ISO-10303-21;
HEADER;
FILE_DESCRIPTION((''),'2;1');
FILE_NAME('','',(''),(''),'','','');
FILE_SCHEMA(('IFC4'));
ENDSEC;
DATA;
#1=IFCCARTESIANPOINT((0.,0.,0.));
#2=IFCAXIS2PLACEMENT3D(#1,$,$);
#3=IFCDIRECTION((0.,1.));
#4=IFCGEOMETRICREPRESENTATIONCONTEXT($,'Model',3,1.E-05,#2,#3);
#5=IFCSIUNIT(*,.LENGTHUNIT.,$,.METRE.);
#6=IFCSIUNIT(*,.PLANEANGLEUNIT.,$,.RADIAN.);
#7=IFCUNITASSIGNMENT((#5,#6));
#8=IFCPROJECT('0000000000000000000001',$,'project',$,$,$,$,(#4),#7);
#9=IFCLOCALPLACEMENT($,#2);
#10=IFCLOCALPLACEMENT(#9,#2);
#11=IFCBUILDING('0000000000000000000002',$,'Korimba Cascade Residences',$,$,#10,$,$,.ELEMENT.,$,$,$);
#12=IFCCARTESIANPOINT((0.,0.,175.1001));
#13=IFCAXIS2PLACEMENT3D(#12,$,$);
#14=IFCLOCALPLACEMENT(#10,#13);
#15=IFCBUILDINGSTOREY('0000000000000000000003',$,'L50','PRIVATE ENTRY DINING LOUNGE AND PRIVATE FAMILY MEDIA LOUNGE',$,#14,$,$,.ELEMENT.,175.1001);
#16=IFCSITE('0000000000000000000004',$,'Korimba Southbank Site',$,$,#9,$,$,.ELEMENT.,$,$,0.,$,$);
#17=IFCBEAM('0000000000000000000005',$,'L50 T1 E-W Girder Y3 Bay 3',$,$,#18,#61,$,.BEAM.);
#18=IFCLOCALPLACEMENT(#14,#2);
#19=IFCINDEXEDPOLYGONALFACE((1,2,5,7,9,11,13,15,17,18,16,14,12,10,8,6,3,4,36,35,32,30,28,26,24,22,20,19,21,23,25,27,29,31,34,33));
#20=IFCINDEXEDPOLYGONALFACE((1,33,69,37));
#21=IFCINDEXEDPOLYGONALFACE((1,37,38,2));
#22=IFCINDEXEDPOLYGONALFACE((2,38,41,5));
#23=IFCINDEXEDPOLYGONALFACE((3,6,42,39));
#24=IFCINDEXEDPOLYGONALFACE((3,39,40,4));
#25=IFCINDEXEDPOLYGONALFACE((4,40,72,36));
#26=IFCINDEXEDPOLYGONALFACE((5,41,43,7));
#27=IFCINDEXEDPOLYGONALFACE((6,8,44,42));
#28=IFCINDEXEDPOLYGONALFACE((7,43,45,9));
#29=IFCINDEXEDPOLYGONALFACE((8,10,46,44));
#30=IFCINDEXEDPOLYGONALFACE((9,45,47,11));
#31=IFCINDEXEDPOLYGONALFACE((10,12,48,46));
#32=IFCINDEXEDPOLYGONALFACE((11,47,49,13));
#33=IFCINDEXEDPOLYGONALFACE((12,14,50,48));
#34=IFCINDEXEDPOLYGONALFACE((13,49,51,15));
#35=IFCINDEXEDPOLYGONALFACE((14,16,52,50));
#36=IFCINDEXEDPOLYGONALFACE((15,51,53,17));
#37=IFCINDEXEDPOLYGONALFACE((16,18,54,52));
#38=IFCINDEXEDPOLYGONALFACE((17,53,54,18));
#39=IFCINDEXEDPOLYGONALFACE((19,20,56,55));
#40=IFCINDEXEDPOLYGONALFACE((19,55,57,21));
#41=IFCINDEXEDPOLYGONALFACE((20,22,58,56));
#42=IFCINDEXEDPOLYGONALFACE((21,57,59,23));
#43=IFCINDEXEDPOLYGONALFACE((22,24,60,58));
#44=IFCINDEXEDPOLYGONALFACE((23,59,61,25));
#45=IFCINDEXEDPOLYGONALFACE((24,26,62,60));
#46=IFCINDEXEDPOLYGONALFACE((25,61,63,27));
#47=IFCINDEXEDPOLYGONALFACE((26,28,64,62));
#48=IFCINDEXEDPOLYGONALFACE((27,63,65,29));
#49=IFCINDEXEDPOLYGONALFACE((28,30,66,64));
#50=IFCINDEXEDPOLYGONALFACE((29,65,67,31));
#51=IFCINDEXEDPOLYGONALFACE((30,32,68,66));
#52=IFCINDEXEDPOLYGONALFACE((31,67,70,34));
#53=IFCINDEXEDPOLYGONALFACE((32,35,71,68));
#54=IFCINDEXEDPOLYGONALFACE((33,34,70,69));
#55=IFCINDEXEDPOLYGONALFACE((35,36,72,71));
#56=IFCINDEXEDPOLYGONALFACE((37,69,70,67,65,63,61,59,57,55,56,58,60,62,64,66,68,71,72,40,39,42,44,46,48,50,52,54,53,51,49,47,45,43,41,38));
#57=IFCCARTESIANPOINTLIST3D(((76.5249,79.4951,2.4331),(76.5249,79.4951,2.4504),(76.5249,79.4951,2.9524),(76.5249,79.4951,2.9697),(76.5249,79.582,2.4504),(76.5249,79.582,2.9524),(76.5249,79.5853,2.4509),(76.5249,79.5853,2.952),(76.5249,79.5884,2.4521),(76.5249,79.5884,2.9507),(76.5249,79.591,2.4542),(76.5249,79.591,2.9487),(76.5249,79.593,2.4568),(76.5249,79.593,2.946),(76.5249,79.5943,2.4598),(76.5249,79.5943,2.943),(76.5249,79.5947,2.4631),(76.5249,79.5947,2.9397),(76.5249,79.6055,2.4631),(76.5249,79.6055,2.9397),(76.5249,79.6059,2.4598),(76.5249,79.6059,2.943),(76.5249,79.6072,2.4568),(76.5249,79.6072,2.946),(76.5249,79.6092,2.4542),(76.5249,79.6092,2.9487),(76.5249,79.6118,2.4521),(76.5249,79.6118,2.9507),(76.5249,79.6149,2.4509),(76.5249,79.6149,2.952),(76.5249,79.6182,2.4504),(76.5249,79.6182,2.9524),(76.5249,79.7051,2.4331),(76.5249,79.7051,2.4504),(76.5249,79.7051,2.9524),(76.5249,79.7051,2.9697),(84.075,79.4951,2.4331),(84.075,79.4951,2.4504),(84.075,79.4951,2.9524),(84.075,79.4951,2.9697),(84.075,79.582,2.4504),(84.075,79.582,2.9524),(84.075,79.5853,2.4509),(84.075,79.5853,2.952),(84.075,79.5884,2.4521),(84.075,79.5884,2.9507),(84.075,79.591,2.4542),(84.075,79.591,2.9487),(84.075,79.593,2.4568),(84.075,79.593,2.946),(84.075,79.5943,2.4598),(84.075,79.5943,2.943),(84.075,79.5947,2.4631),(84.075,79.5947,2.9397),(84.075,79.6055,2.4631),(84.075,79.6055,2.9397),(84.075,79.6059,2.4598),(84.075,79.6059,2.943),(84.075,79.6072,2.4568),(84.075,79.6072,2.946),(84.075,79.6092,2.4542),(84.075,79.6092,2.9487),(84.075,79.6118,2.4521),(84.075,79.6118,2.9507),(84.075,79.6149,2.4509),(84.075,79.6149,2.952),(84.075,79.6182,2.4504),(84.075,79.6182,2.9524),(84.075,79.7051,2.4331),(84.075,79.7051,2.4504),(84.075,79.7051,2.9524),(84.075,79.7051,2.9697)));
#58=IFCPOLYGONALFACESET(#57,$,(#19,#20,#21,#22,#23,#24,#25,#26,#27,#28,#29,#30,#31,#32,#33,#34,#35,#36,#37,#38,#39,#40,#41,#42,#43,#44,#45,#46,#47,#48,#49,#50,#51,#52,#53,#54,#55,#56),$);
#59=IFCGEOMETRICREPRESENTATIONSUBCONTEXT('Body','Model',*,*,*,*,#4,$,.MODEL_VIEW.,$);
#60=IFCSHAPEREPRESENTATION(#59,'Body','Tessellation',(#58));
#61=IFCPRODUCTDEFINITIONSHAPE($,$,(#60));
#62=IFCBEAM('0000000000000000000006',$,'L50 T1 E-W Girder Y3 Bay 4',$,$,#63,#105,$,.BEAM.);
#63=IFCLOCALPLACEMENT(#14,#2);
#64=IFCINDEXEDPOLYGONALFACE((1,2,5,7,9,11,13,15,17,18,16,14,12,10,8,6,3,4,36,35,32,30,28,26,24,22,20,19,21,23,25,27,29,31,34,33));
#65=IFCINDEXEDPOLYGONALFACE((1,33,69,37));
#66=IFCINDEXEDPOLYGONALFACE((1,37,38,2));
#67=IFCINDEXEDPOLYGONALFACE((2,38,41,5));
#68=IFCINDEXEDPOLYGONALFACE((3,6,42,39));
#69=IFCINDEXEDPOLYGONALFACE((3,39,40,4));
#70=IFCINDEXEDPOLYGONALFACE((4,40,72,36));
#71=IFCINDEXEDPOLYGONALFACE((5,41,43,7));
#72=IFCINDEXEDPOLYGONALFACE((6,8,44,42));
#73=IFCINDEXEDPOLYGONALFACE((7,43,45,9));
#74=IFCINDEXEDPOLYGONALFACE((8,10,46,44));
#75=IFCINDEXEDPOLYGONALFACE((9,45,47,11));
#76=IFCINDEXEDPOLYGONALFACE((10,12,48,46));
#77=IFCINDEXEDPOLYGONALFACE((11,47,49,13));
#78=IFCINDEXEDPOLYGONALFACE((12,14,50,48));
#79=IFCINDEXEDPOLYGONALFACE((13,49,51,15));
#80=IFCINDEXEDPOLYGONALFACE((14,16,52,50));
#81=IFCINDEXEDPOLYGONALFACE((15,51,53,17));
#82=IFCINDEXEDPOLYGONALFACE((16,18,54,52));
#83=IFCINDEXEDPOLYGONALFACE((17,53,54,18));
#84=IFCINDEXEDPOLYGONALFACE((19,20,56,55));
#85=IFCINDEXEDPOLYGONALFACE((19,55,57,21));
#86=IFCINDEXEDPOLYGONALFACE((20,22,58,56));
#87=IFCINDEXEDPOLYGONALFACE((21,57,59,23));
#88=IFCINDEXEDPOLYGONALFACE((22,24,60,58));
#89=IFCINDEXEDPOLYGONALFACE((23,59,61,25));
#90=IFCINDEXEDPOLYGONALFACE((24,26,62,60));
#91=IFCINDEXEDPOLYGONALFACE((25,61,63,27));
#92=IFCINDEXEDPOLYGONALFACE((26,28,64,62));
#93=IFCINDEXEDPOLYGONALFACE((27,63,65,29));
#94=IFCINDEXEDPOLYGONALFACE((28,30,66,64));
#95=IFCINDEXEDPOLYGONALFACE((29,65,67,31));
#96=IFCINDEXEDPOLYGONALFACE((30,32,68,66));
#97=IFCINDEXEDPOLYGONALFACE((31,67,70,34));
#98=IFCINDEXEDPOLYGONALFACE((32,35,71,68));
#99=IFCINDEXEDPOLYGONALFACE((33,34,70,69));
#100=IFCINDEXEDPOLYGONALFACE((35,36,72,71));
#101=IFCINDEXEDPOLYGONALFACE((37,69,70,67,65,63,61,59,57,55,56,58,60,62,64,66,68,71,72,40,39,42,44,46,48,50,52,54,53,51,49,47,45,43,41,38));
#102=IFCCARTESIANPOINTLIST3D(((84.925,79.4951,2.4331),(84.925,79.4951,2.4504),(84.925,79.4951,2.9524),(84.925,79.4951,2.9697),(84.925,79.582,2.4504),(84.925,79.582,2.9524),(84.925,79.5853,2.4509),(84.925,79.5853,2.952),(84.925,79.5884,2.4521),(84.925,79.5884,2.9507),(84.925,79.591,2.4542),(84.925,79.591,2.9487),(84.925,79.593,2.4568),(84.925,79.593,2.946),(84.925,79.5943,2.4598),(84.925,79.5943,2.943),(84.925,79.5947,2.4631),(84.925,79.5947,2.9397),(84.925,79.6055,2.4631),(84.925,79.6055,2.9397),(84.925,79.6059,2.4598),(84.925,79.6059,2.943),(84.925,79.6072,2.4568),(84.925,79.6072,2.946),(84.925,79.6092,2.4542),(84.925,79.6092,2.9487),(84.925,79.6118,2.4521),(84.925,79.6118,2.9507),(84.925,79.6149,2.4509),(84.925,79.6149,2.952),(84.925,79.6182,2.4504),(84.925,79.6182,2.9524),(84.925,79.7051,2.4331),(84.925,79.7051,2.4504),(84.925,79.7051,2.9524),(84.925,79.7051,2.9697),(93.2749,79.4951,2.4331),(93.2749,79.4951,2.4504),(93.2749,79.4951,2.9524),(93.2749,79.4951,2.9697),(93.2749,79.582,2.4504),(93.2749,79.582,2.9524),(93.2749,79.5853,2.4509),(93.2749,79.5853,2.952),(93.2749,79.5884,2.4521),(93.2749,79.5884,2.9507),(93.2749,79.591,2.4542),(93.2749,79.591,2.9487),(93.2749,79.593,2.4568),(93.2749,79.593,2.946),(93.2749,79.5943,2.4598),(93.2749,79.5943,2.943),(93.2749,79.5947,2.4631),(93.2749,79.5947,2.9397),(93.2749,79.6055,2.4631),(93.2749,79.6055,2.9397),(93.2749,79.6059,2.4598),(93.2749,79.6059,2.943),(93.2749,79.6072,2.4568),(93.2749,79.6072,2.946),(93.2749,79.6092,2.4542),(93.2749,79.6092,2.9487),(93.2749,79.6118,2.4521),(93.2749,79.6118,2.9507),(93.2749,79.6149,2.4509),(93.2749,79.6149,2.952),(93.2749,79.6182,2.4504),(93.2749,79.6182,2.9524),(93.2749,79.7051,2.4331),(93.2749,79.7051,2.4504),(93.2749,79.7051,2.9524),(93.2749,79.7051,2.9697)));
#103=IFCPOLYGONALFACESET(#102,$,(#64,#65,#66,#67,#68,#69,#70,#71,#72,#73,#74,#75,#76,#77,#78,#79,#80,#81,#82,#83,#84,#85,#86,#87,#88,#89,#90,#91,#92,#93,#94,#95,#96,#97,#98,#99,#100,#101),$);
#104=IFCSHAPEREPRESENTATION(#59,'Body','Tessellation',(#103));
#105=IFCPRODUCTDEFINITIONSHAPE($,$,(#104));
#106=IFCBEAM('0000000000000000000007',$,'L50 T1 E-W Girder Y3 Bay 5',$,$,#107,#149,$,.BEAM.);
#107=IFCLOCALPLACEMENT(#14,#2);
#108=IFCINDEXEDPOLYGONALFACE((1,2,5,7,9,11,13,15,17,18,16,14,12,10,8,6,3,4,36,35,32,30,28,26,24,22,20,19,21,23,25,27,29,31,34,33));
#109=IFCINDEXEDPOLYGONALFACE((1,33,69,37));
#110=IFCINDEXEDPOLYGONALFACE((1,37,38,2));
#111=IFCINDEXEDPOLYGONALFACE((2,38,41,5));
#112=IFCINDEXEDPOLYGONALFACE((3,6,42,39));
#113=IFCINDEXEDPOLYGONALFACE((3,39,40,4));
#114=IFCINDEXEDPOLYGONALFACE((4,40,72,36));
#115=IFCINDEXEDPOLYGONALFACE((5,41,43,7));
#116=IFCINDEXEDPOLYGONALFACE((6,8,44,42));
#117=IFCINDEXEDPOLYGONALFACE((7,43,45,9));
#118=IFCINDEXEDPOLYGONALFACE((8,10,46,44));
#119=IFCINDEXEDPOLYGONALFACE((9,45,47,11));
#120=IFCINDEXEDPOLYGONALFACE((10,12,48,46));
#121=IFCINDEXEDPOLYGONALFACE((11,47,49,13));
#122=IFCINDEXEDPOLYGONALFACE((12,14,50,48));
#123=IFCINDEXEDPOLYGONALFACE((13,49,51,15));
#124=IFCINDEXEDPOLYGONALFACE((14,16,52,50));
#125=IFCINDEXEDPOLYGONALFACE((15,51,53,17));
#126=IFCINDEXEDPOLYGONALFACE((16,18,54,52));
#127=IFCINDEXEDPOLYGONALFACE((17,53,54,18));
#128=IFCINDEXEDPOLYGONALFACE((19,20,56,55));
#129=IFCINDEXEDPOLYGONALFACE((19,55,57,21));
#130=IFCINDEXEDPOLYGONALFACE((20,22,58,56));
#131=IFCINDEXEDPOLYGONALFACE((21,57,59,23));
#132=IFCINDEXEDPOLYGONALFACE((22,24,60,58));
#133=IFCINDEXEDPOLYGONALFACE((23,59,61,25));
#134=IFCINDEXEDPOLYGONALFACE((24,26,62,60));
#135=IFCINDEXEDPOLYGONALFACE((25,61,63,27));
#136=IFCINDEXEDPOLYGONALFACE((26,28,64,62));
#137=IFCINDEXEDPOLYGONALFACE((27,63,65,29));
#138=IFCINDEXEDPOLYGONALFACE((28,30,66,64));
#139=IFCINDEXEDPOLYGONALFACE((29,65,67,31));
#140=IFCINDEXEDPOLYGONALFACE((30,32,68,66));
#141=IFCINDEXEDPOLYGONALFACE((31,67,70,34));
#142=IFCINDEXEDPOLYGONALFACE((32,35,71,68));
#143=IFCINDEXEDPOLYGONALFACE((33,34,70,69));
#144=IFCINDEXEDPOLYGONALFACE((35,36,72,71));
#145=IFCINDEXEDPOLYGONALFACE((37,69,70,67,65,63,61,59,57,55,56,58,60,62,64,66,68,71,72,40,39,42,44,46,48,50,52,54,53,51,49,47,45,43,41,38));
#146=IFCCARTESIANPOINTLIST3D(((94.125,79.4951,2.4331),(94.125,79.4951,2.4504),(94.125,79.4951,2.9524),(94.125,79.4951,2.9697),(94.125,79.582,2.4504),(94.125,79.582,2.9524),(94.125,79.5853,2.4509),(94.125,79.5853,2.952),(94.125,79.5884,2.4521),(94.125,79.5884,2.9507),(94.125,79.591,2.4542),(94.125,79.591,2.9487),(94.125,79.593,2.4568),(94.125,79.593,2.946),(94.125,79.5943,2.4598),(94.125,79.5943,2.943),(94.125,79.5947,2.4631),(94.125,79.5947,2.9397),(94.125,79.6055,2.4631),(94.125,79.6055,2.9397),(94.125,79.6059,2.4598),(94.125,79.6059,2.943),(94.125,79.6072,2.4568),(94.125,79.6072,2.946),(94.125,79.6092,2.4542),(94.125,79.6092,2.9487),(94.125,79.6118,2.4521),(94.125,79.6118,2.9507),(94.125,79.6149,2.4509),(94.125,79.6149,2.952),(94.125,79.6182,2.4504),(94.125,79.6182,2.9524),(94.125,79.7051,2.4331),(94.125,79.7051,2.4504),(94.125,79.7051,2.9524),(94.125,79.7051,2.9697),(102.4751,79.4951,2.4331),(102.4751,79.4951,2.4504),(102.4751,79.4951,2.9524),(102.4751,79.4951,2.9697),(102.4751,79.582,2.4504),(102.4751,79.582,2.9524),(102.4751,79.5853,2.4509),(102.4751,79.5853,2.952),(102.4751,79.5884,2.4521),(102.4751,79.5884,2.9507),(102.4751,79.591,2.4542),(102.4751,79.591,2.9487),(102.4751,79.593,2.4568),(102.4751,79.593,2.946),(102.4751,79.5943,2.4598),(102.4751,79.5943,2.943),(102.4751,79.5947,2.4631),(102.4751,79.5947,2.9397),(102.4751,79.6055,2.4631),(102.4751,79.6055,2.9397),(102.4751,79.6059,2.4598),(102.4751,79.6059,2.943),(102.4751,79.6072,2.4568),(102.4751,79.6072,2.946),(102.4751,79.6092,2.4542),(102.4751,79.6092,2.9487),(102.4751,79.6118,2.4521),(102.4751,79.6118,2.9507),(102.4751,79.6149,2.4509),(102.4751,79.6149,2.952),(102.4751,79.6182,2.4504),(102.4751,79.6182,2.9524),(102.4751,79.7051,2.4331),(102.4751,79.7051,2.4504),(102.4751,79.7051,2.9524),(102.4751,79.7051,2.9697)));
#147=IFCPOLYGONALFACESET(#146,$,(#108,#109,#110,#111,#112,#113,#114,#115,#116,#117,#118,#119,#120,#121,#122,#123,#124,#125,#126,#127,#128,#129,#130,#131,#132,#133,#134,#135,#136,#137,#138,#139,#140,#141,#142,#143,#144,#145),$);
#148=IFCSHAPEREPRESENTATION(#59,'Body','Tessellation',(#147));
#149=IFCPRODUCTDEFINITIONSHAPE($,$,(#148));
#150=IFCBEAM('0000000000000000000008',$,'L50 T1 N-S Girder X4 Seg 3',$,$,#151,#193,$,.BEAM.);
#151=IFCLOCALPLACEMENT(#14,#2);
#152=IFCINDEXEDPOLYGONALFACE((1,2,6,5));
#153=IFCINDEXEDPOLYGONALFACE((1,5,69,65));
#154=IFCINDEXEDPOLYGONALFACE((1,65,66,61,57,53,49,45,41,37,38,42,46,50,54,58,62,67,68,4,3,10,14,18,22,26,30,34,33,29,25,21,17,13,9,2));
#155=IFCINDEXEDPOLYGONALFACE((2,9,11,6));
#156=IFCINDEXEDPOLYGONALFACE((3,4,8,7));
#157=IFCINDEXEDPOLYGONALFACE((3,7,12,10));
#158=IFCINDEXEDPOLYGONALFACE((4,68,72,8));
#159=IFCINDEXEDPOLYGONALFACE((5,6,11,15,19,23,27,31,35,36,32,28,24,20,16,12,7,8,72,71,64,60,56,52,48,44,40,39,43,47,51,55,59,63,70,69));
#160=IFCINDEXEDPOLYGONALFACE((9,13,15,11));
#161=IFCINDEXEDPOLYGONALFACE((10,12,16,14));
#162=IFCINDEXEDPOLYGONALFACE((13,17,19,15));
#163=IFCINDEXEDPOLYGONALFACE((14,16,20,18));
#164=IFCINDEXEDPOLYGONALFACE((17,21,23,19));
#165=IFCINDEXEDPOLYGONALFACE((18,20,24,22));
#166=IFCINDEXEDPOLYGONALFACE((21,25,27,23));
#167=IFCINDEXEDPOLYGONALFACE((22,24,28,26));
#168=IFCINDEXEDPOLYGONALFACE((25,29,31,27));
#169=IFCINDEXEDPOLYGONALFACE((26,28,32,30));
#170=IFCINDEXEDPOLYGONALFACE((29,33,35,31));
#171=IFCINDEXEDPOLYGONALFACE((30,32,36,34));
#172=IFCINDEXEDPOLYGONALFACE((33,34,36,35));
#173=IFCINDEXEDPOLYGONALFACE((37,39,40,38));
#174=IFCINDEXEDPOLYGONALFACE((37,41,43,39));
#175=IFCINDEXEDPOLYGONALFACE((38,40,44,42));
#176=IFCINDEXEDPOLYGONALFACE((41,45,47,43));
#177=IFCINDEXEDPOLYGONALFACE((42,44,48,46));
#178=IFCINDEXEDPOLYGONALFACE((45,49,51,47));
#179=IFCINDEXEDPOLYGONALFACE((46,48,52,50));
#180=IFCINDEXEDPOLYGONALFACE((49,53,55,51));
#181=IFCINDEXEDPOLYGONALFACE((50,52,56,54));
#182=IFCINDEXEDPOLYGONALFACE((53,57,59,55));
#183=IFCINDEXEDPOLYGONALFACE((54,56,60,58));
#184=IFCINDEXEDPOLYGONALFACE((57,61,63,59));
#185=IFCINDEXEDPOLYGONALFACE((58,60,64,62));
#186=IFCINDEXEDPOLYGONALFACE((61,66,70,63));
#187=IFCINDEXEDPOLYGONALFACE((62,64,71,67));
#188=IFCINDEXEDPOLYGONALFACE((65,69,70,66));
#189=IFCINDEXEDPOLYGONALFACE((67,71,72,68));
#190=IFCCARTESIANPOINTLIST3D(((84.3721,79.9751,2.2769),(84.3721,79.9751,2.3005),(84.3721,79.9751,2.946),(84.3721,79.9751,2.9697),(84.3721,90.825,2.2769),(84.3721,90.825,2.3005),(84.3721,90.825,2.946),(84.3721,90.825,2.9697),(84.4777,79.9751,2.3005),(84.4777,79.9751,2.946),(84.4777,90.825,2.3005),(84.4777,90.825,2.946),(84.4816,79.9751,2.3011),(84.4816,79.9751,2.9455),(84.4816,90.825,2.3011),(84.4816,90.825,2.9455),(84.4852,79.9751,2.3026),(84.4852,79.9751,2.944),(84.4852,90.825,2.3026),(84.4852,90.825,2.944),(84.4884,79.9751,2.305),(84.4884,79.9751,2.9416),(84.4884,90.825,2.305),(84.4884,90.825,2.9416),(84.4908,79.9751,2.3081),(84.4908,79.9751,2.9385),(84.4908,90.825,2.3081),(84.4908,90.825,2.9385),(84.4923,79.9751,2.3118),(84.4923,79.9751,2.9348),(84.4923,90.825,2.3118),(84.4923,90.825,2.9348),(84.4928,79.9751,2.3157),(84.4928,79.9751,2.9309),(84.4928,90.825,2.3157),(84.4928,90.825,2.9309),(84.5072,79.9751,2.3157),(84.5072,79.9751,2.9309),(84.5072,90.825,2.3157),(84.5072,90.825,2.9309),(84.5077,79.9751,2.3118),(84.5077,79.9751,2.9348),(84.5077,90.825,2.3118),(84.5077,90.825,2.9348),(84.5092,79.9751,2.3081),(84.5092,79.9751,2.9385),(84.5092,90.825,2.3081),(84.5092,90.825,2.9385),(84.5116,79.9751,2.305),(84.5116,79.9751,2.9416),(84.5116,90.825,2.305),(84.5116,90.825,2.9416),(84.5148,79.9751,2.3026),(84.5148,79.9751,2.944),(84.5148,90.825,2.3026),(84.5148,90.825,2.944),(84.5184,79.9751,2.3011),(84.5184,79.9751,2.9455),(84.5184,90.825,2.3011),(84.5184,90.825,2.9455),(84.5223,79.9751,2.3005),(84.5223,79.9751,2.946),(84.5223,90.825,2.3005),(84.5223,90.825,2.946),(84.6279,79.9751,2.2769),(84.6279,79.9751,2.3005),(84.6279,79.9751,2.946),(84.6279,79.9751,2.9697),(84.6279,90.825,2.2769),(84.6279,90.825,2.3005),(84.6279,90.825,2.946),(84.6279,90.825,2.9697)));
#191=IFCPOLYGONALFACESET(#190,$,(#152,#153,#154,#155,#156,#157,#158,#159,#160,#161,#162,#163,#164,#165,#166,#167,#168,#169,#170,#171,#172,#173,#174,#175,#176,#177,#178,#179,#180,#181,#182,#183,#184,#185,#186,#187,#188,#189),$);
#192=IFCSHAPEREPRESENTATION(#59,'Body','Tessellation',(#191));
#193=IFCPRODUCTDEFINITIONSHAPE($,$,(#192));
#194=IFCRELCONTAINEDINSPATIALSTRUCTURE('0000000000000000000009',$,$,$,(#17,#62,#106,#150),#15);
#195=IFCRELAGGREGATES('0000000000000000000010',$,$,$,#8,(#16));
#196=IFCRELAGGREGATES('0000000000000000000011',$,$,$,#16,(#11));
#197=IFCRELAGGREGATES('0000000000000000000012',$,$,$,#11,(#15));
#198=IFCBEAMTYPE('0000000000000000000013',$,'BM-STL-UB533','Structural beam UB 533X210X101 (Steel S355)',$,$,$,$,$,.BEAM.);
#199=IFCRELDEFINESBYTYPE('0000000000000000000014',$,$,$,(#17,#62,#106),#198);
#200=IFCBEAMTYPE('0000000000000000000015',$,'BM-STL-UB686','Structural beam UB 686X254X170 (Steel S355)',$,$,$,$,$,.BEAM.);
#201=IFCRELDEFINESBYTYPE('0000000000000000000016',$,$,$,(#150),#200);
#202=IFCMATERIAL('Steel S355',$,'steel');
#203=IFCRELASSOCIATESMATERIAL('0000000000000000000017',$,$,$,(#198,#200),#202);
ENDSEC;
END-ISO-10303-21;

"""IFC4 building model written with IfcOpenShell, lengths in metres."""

from ifc_helpers import new_model, si_unit, direction, frame, origin, origin_2d, place, context, subcontext, project, spatial, i_section, extrude, material, material_profile, profile_set, type_object, element, save


model = new_model("IFC4")

# Units and contexts
model_context = context("Model", 3, precision=1e-05, world=origin(), true_north=direction((0.0, 1.0)))
body_context = subcontext(model_context, "Body", "Model", "MODEL_VIEW")
ifc_project = project(units=[si_unit("LENGTHUNIT", "METRE"), si_unit("PLANEANGLEUNIT", "RADIAN")], contexts=[model_context])

# Site, building, storey
site_placement = place(None, origin())
site = spatial("IfcSite", under=ifc_project, at=site_placement, Name="Korimba Southbank Site", CompositionType="ELEMENT", RefElevation=0.0)
building_placement = place(site_placement, origin())
building = spatial("IfcBuilding", under=site, at=building_placement, Name="Korimba Cascade Residences", CompositionType="ELEMENT")
storey_placement = place(building_placement, frame((0.0, 0.0, 175.1001)))
storey = spatial("IfcBuildingStorey", under=building, at=storey_placement, Name="L50", Description="PRIVATE ENTRY DINING LOUNGE AND PRIVATE FAMILY MEDIA LOUNGE", CompositionType="ELEMENT", Elevation=175.1001)

# Beams
ifc_material_1 = material(Name="Steel S355", Category="steel")
ifc_material_profile_1 = material_profile(ifc_material_1, i_section(OverallWidth=0.21, OverallDepth=0.5366, WebThickness=0.0107, FlangeThickness=0.0173, FilletRadius=0.0127, at=origin_2d()), Name="Steel S355")
ifc_profile_set_1 = profile_set([ifc_material_profile_1], Name="Steel S355")
beam_type_1 = type_object("IfcBeamType", Name="BM-STL-UB533", Description="Structural beam UB 533X210X101 (Steel S355)", PredefinedType="BEAM", material=ifc_profile_set_1)
beam_1_placement = place(storey_placement, frame((76.5249, 79.6001, 2.7014), z_axis=(1.0, 0.0, 0.0), x_axis=(0.0, 1.0, 0.0)))
element("IfcBeam", 1, at=beam_1_placement, inside=storey, type_object=beam_type_1, Name="L50 T1 E-W Girder Y3 Bay 3", PredefinedType="BEAM", context=body_context, shape_type="SweptSolid", body=[
    extrude(i_section(OverallWidth=0.21, OverallDepth=0.5366, WebThickness=0.0107, FlangeThickness=0.0173, FilletRadius=0.0127, at=origin_2d()), origin(), (0.0, 0.0, 1.0), 7.55),
])
beam_2_placement = place(storey_placement, frame((84.925, 79.6001, 2.7014), z_axis=(1.0, 0.0, 0.0), x_axis=(0.0, 1.0, 0.0)))
element("IfcBeam", 2, at=beam_2_placement, inside=storey, type_object=beam_type_1, Name="L50 T1 E-W Girder Y3 Bay 4", PredefinedType="BEAM", context=body_context, shape_type="SweptSolid", body=[
    extrude(i_section(OverallWidth=0.21, OverallDepth=0.5366, WebThickness=0.0107, FlangeThickness=0.0173, FilletRadius=0.0127, at=origin_2d()), origin(), (0.0, 0.0, 1.0), 8.3499),
])
beam_3_placement = place(storey_placement, frame((94.125, 79.6001, 2.7014), z_axis=(1.0, 0.0, 0.0), x_axis=(0.0, 1.0, 0.0)))
element("IfcBeam", 3, at=beam_3_placement, inside=storey, type_object=beam_type_1, Name="L50 T1 E-W Girder Y3 Bay 5", PredefinedType="BEAM", context=body_context, shape_type="SweptSolid", body=[
    extrude(i_section(OverallWidth=0.21, OverallDepth=0.5366, WebThickness=0.0107, FlangeThickness=0.0173, FilletRadius=0.0127, at=origin_2d()), origin(), (0.0, 0.0, 1.0), 8.3501),
])
ifc_material_profile_2 = material_profile(ifc_material_1, i_section(OverallWidth=0.2559, OverallDepth=0.6929, WebThickness=0.0144, FlangeThickness=0.0237, FilletRadius=0.0151, at=origin_2d()), Name="Steel S355")
ifc_profile_set_2 = profile_set([ifc_material_profile_2], Name="Steel S355")
beam_type_2 = type_object("IfcBeamType", Name="BM-STL-UB686", Description="Structural beam UB 686X254X170 (Steel S355)", PredefinedType="BEAM", material=ifc_profile_set_2)
for number, where, z_axis, x_axis, name in (
    (4, (84.5, 79.9751, 2.6233), (0.0, 1.0, 0.0), (-1.0, 0.0, 0.0), "L50 T1 N-S Girder X4 Seg 3"),
):
    element("IfcBeam", number, at=place(storey_placement, frame(where, z_axis=z_axis, x_axis=x_axis)), inside=storey, type_object=beam_type_2, Name=name, PredefinedType="BEAM", context=body_context, shape_type="SweptSolid", body=[
        extrude(i_section(OverallWidth=0.2559, OverallDepth=0.6929, WebThickness=0.0144, FlangeThickness=0.0237, FilletRadius=0.0151, at=origin_2d()), origin(), (0.0, 0.0, 1.0), 10.8499),
    ])

save(model, "model.ifc")
